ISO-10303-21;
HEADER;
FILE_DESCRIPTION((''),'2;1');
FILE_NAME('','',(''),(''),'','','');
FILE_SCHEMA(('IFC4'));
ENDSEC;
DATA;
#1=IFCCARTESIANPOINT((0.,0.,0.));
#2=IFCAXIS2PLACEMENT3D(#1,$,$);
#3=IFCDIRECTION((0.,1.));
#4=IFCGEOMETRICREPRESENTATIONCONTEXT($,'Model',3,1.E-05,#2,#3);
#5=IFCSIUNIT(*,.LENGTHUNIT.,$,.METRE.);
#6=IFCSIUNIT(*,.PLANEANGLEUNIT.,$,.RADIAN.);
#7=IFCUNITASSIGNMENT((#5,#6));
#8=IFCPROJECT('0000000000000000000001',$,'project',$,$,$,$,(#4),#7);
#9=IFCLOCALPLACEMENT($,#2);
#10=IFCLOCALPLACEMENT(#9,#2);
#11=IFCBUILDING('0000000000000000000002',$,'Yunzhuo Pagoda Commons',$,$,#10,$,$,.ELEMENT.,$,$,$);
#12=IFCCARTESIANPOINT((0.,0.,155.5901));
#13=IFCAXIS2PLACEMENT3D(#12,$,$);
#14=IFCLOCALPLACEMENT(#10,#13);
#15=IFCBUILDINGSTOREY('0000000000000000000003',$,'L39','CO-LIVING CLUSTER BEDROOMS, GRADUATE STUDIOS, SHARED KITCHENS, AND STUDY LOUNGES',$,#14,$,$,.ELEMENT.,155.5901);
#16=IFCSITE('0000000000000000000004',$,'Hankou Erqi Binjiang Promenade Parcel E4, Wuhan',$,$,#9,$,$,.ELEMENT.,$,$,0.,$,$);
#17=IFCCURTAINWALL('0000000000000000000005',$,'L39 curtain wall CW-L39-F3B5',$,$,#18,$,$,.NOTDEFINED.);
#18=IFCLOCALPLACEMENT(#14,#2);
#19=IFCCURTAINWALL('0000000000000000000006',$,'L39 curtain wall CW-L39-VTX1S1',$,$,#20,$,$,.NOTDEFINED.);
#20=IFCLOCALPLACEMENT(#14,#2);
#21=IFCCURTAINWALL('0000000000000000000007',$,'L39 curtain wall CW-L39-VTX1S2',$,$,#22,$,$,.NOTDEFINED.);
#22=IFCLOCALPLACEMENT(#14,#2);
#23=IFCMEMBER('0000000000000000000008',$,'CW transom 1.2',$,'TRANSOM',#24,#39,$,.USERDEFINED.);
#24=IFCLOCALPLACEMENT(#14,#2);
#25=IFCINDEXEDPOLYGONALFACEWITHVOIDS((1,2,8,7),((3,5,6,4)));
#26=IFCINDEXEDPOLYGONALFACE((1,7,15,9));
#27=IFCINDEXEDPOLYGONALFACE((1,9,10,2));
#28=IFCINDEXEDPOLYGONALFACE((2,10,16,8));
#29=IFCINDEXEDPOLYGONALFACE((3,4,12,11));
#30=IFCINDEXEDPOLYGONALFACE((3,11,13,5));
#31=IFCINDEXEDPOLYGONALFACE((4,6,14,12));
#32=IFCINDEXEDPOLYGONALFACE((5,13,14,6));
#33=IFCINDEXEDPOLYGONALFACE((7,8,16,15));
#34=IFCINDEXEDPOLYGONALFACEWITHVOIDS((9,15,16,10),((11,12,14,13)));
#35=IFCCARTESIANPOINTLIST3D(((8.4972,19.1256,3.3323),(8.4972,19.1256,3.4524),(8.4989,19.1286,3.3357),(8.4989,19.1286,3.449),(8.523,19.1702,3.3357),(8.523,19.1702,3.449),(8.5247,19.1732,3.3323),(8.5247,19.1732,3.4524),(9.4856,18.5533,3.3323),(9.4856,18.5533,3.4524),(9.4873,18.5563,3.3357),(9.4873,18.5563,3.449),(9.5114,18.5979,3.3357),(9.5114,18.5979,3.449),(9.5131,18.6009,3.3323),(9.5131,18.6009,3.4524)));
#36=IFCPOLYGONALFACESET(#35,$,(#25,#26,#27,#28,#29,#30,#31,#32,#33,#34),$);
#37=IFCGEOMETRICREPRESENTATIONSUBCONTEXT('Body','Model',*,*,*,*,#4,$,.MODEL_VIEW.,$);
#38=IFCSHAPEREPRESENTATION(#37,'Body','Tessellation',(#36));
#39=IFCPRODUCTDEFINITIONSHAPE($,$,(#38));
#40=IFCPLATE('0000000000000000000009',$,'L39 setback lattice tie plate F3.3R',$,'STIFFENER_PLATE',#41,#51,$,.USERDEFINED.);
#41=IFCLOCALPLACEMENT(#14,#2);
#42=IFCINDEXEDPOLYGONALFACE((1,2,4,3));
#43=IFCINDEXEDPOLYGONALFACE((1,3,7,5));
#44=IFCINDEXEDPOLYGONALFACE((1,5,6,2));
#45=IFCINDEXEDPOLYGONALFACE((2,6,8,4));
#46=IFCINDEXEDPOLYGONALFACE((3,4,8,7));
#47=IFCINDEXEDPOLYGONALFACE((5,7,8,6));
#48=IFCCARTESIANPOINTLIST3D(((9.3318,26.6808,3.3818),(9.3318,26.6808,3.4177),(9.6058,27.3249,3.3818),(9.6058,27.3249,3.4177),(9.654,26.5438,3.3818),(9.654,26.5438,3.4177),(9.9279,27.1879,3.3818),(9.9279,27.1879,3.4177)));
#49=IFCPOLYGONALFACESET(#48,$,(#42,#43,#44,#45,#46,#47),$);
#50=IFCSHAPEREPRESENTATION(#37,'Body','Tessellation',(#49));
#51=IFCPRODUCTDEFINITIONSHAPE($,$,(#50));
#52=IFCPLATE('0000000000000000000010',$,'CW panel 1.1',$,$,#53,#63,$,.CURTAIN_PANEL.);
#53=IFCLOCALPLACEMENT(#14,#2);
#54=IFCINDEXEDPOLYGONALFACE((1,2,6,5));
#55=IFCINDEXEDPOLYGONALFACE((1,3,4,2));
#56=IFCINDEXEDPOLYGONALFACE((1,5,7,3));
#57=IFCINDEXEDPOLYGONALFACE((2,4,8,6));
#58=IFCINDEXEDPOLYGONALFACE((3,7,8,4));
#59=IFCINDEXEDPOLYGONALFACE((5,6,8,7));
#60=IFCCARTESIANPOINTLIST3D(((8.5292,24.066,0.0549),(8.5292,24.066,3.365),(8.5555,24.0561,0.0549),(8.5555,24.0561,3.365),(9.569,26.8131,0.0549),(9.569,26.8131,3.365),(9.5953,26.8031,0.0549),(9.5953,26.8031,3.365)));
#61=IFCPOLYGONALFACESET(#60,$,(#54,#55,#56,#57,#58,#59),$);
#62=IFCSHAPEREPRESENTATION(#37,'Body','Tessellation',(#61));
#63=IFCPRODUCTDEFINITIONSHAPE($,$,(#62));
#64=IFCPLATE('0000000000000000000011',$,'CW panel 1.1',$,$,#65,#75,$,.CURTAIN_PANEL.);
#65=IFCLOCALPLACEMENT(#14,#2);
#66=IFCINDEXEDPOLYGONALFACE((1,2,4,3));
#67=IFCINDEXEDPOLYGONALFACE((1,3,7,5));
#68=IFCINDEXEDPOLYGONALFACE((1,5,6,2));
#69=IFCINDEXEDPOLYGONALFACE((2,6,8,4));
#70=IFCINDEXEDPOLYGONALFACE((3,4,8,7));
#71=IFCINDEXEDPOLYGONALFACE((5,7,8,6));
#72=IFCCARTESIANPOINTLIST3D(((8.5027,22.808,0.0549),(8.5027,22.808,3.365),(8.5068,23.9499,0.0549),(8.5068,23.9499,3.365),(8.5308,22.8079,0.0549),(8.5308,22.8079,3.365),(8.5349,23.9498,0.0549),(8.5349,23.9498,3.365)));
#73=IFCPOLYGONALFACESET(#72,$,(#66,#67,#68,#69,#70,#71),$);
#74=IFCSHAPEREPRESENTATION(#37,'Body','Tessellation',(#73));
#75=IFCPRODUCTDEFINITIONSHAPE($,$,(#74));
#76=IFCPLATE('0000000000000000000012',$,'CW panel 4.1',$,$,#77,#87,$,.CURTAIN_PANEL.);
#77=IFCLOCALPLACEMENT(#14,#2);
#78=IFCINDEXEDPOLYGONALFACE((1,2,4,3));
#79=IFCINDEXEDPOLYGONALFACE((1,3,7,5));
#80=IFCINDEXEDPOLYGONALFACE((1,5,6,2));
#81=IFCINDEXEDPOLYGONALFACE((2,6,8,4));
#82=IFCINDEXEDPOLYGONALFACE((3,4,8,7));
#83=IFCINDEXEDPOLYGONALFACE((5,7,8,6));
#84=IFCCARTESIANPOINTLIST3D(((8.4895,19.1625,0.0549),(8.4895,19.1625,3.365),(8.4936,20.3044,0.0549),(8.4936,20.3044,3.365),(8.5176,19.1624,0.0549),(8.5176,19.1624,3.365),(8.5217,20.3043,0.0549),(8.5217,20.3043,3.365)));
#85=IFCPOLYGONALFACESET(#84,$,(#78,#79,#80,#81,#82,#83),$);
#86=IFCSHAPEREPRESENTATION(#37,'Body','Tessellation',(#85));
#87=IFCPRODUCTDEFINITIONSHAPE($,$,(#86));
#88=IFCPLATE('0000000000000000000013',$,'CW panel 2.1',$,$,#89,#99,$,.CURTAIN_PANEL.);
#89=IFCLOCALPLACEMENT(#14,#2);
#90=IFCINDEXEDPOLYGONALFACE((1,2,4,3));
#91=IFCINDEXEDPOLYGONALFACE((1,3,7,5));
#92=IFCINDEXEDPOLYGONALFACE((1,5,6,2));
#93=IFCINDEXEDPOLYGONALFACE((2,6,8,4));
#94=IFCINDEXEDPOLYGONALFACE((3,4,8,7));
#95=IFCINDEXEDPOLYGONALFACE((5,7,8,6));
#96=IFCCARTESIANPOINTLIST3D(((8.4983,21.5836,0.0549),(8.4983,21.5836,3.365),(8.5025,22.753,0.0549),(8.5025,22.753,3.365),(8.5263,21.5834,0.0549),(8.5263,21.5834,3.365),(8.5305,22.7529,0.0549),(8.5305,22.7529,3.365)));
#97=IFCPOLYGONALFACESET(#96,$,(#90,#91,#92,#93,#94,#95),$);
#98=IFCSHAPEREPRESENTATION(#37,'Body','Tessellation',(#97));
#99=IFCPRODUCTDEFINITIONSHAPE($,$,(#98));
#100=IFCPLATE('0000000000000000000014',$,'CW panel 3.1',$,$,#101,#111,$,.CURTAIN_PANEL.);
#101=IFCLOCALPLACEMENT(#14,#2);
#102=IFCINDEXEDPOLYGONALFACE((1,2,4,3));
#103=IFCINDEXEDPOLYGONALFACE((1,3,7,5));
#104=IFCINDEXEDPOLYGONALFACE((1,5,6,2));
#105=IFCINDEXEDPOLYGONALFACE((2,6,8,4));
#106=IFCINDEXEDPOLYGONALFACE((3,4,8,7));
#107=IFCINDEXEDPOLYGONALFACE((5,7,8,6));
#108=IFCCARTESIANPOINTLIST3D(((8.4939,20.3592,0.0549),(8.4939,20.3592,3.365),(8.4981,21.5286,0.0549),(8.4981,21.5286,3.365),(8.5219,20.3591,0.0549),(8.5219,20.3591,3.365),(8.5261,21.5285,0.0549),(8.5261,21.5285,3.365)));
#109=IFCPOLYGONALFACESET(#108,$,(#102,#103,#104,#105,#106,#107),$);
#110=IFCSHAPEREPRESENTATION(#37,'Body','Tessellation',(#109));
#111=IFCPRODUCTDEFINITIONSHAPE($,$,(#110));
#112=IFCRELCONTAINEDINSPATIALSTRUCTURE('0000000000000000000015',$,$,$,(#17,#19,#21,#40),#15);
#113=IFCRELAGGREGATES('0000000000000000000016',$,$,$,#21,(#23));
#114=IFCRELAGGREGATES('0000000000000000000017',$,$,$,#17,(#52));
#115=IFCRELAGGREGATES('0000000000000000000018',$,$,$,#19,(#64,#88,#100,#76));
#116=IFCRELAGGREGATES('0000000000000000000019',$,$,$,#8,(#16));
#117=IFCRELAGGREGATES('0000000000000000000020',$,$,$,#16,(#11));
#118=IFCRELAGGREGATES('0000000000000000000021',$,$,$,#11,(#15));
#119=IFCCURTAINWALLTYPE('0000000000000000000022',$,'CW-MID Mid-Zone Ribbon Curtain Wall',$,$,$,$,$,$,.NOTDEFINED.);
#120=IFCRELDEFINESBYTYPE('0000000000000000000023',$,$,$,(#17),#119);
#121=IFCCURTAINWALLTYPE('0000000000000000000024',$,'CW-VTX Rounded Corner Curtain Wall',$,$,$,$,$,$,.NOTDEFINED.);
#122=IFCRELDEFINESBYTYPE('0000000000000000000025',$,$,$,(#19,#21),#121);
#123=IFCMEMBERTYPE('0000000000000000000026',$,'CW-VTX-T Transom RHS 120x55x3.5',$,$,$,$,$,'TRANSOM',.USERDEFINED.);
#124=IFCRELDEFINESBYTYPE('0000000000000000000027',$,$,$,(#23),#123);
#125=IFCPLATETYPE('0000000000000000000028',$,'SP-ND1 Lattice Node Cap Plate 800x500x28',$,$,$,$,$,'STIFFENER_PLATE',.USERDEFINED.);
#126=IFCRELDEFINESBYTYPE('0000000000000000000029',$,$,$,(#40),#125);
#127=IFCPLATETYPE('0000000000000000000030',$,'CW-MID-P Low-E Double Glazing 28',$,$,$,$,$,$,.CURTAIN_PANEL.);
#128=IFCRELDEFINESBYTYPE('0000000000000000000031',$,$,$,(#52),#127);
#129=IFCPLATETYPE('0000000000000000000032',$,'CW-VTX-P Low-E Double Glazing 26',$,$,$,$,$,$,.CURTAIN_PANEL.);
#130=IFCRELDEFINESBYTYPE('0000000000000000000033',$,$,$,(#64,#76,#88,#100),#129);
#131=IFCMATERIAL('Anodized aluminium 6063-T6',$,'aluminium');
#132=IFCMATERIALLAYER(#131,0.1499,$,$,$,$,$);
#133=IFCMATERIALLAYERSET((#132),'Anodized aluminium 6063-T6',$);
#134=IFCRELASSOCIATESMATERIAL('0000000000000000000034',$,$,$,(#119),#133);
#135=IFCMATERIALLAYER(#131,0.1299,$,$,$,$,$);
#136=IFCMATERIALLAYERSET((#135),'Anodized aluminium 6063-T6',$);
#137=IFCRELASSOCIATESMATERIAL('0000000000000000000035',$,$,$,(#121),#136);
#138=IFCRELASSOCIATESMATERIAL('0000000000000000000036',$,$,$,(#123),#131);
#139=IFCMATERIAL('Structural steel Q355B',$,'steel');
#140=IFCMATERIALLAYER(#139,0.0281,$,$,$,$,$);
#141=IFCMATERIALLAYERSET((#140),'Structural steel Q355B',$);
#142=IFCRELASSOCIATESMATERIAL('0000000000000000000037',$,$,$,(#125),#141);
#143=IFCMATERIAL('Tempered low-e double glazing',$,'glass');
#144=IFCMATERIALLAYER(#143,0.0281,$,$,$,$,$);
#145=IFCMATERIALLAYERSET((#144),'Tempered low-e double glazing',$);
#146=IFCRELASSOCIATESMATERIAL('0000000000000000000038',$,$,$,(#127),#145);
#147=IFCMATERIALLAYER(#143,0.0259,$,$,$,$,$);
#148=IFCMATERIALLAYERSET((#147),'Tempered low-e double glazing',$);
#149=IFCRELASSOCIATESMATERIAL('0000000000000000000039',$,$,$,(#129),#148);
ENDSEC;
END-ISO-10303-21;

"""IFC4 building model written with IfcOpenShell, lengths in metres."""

from ifc_helpers import new_model, si_unit, direction, frame, origin, origin_2d, place, context, subcontext, project, spatial, rectangle, hollow_rectangle, extrude, source, transform, mapped, material, layer, layer_set, material_profile, profile_set, type_object, element, aggregate, save


model = new_model("IFC4")

# Units and contexts
model_context = context("Model", 3, precision=1e-05, world=origin(), true_north=direction((0.0, 1.0)))
body_context = subcontext(model_context, "Body", "Model", "MODEL_VIEW")
ifc_project = project(units=[si_unit("LENGTHUNIT", "METRE"), si_unit("PLANEANGLEUNIT", "RADIAN")], contexts=[model_context])

# Site, building, storey
site_placement = place(None, origin())
site = spatial("IfcSite", under=ifc_project, at=site_placement, Name="Hankou Erqi Binjiang Promenade Parcel E4, Wuhan", CompositionType="ELEMENT", RefElevation=0.0)
building_placement = place(site_placement, origin())
building = spatial("IfcBuilding", under=site, at=building_placement, Name="Yunzhuo Pagoda Commons", CompositionType="ELEMENT")
storey_placement = place(building_placement, frame((0.0, 0.0, 155.5901)))
storey = spatial("IfcBuildingStorey", under=building, at=storey_placement, Name="L39", Description="CO-LIVING CLUSTER BEDROOMS, GRADUATE STUDIOS, SHARED KITCHENS, AND STUDY LOUNGES", CompositionType="ELEMENT", Elevation=155.5901)

# Shared definitions
ifc_material_1 = material(Name="Structural steel Q355B", Category="steel")

# Shared definitions
ifc_material_2 = material(Name="Anodized aluminium 6063-T6", Category="aluminium")
ifc_layer_1 = layer(ifc_material_2, 0.1499)
ifc_layer_set_1 = layer_set([ifc_layer_1], Name="Anodized aluminium 6063-T6")
curtain_wall_type_1 = type_object("IfcCurtainWallType", Name="CW-MID Mid-Zone Ribbon Curtain Wall", PredefinedType="NOTDEFINED", material=ifc_layer_set_1)

# Curtain walls
curtain_wall_1_placement = place(storey_placement, origin())
curtain_wall_1 = element("IfcCurtainWall", 1, at=curtain_wall_1_placement, inside=storey, type_object=curtain_wall_type_1, Name="L39 curtain wall CW-L39-F3B5", PredefinedType="NOTDEFINED")
ifc_layer_2 = layer(ifc_material_2, 0.1299)
ifc_layer_set_2 = layer_set([ifc_layer_2], Name="Anodized aluminium 6063-T6")
curtain_wall_type_2 = type_object("IfcCurtainWallType", Name="CW-VTX Rounded Corner Curtain Wall", PredefinedType="NOTDEFINED", material=ifc_layer_set_2)
curtain_wall_2_placement = place(storey_placement, origin())
curtain_wall_2 = element("IfcCurtainWall", 2, at=curtain_wall_2_placement, inside=storey, type_object=curtain_wall_type_2, Name="L39 curtain wall CW-L39-VTX1S1", PredefinedType="NOTDEFINED")

# Shared definitions
ifc_material_profile_1 = material_profile(ifc_material_2, hollow_rectangle(XDim=0.0549, YDim=0.1201, WallThickness=0.0034, at=origin_2d()), Name="Anodized aluminium 6063-T6")
ifc_profile_set_1 = profile_set([ifc_material_profile_1], Name="Anodized aluminium 6063-T6")
member_type_1 = type_object("IfcMemberType", Name="CW-VTX-T Transom RHS 120x55x3.5", ElementType="TRANSOM", PredefinedType="USERDEFINED", material=ifc_profile_set_1)

# Curtain wall, member
curtain_wall_3_placement = place(storey_placement, origin())
curtain_wall_3 = element("IfcCurtainWall", 3, at=curtain_wall_3_placement, inside=storey, type_object=curtain_wall_type_2, Name="L39 curtain wall CW-L39-VTX1S2", PredefinedType="NOTDEFINED")
shared_shape_1 = source(origin(), body_context, "Body", "SweptSolid", [
    extrude(hollow_rectangle(XDim=0.0549, YDim=0.1201, WallThickness=0.0034, at=origin_2d()), origin(), (0.0, 0.0, 1.0), 1.1421),
])
member_1_placement = place(storey_placement, frame((8.511, 19.1494, 3.3923), z_axis=(0.865387, -0.501104, 0.0), x_axis=(0.501104, 0.865387, 0.0)))
member_1 = element("IfcMember", 4, at=member_1_placement, type_object=member_type_1, Name="CW transom 1.2", ObjectType="TRANSOM", PredefinedType="USERDEFINED", context=body_context, shape_type="MappedRepresentation", body=[
    mapped(shared_shape_1, transform((0.0, 0.0, 0.0), scale=1.0)),
])
aggregate(curtain_wall_3, [member_1])

# Plates
ifc_layer_3 = layer(ifc_material_1, 0.0281)
ifc_layer_set_3 = layer_set([ifc_layer_3], Name="Structural steel Q355B")
plate_type_1 = type_object("IfcPlateType", Name="SP-ND1 Lattice Node Cap Plate 800x500x28", ElementType="STIFFENER_PLATE", PredefinedType="USERDEFINED", material=ifc_layer_set_3)
shared_shape_2 = source(origin(), body_context, "Body", "SweptSolid", [
    extrude(rectangle(XDim=0.7, YDim=0.3501, at=origin_2d()), origin(), (0.0, 0.0, 1.0), 0.0359),
])
plate_1_placement = place(storey_placement, frame((9.6299, 26.9343, 3.3818), z_axis=(0.0, 0.0, 1.0), x_axis=(-0.391406, -0.920218, 0.0)))
element("IfcPlate", 5, at=plate_1_placement, inside=storey, type_object=plate_type_1, Name="L39 setback lattice tie plate F3.3R", ObjectType="STIFFENER_PLATE", PredefinedType="USERDEFINED", context=body_context, shape_type="MappedRepresentation", body=[
    mapped(shared_shape_2, transform((0.0, 0.0, 0.0), scale=1.0)),
])
ifc_material_3 = material(Name="Tempered low-e double glazing", Category="glass")
ifc_layer_4 = layer(ifc_material_3, 0.0281)
ifc_layer_set_4 = layer_set([ifc_layer_4], Name="Tempered low-e double glazing")
plate_type_2 = type_object("IfcPlateType", Name="CW-MID-P Low-E Double Glazing 28", PredefinedType="CURTAIN_PANEL", material=ifc_layer_set_4)
shared_shape_3 = source(origin(), body_context, "Body", "SweptSolid", [
    extrude(rectangle(XDim=2.9373, YDim=0.0281, at=origin_2d()), origin(), (0.0, 0.0, 1.0), 3.3101),
])
plate_2_placement = place(storey_placement, frame((9.0623, 25.4346, 0.0549), z_axis=(0.0, 0.0, 1.0), x_axis=(-0.353996, -0.935247, 0.0)))
plate_2 = element("IfcPlate", 6, at=plate_2_placement, type_object=plate_type_2, Name="CW panel 1.1", PredefinedType="CURTAIN_PANEL", context=body_context, shape_type="MappedRepresentation", body=[
    mapped(shared_shape_3, transform((0.0, 0.0, 0.0), scale=1.0)),
])
aggregate(curtain_wall_1, [plate_2])
ifc_layer_5 = layer(ifc_material_3, 0.0259)
ifc_layer_set_5 = layer_set([ifc_layer_5], Name="Tempered low-e double glazing")
plate_type_3 = type_object("IfcPlateType", Name="CW-VTX-P Low-E Double Glazing 26", PredefinedType="CURTAIN_PANEL", material=ifc_layer_set_5)
shared_shape_4 = source(origin(), body_context, "Body", "SweptSolid", [
    extrude(rectangle(XDim=1.1418, YDim=0.0281, at=origin_2d()), origin(), (0.0, 0.0, 1.0), 3.3101),
])
plate_3_placement = place(storey_placement, frame((8.5188, 23.3789, 0.0549), z_axis=(0.0, 0.0, 1.0), x_axis=(-0.003594, -0.999994, 0.0)))
plate_3 = element("IfcPlate", 7, at=plate_3_placement, type_object=plate_type_3, Name="CW panel 1.1", PredefinedType="CURTAIN_PANEL", context=body_context, shape_type="MappedRepresentation", body=[
    mapped(shared_shape_4, transform((0.0, 0.0, 0.0), scale=1.0)),
])
plate_4_placement = place(storey_placement, frame((8.5056, 19.7334, 0.0549), z_axis=(0.0, 0.0, 1.0), x_axis=(-0.003594, -0.999994, 0.0)))
plate_4 = element("IfcPlate", 8, at=plate_4_placement, type_object=plate_type_3, Name="CW panel 4.1", PredefinedType="CURTAIN_PANEL", context=body_context, shape_type="MappedRepresentation", body=[
    mapped(shared_shape_4, transform((0.0, 0.0, 0.0), scale=1.0)),
])
shared_shape_5 = source(origin(), body_context, "Body", "SweptSolid", [
    extrude(rectangle(XDim=1.1694, YDim=0.0281, at=origin_2d()), origin(), (0.0, 0.0, 1.0), 3.3101),
])
plate_5_placement = place(storey_placement, frame((8.5144, 22.1682, 0.0549), z_axis=(0.0, 0.0, 1.0), x_axis=(-0.003594, -0.999994, 0.0)))
plate_5 = element("IfcPlate", 9, at=plate_5_placement, type_object=plate_type_3, Name="CW panel 2.1", PredefinedType="CURTAIN_PANEL", context=body_context, shape_type="MappedRepresentation", body=[
    mapped(shared_shape_5, transform((0.0, 0.0, 0.0), scale=1.0)),
])
plate_6_placement = place(storey_placement, frame((8.51, 20.9438, 0.0549), z_axis=(0.0, 0.0, 1.0), x_axis=(-0.003594, -0.999994, 0.0)))
plate_6 = element("IfcPlate", 10, at=plate_6_placement, type_object=plate_type_3, Name="CW panel 3.1", PredefinedType="CURTAIN_PANEL", context=body_context, shape_type="MappedRepresentation", body=[
    mapped(shared_shape_5, transform((0.0, 0.0, 0.0), scale=1.0)),
])
aggregate(curtain_wall_2, [plate_3, plate_5, plate_6, plate_4])

save(model, "model.ifc")
